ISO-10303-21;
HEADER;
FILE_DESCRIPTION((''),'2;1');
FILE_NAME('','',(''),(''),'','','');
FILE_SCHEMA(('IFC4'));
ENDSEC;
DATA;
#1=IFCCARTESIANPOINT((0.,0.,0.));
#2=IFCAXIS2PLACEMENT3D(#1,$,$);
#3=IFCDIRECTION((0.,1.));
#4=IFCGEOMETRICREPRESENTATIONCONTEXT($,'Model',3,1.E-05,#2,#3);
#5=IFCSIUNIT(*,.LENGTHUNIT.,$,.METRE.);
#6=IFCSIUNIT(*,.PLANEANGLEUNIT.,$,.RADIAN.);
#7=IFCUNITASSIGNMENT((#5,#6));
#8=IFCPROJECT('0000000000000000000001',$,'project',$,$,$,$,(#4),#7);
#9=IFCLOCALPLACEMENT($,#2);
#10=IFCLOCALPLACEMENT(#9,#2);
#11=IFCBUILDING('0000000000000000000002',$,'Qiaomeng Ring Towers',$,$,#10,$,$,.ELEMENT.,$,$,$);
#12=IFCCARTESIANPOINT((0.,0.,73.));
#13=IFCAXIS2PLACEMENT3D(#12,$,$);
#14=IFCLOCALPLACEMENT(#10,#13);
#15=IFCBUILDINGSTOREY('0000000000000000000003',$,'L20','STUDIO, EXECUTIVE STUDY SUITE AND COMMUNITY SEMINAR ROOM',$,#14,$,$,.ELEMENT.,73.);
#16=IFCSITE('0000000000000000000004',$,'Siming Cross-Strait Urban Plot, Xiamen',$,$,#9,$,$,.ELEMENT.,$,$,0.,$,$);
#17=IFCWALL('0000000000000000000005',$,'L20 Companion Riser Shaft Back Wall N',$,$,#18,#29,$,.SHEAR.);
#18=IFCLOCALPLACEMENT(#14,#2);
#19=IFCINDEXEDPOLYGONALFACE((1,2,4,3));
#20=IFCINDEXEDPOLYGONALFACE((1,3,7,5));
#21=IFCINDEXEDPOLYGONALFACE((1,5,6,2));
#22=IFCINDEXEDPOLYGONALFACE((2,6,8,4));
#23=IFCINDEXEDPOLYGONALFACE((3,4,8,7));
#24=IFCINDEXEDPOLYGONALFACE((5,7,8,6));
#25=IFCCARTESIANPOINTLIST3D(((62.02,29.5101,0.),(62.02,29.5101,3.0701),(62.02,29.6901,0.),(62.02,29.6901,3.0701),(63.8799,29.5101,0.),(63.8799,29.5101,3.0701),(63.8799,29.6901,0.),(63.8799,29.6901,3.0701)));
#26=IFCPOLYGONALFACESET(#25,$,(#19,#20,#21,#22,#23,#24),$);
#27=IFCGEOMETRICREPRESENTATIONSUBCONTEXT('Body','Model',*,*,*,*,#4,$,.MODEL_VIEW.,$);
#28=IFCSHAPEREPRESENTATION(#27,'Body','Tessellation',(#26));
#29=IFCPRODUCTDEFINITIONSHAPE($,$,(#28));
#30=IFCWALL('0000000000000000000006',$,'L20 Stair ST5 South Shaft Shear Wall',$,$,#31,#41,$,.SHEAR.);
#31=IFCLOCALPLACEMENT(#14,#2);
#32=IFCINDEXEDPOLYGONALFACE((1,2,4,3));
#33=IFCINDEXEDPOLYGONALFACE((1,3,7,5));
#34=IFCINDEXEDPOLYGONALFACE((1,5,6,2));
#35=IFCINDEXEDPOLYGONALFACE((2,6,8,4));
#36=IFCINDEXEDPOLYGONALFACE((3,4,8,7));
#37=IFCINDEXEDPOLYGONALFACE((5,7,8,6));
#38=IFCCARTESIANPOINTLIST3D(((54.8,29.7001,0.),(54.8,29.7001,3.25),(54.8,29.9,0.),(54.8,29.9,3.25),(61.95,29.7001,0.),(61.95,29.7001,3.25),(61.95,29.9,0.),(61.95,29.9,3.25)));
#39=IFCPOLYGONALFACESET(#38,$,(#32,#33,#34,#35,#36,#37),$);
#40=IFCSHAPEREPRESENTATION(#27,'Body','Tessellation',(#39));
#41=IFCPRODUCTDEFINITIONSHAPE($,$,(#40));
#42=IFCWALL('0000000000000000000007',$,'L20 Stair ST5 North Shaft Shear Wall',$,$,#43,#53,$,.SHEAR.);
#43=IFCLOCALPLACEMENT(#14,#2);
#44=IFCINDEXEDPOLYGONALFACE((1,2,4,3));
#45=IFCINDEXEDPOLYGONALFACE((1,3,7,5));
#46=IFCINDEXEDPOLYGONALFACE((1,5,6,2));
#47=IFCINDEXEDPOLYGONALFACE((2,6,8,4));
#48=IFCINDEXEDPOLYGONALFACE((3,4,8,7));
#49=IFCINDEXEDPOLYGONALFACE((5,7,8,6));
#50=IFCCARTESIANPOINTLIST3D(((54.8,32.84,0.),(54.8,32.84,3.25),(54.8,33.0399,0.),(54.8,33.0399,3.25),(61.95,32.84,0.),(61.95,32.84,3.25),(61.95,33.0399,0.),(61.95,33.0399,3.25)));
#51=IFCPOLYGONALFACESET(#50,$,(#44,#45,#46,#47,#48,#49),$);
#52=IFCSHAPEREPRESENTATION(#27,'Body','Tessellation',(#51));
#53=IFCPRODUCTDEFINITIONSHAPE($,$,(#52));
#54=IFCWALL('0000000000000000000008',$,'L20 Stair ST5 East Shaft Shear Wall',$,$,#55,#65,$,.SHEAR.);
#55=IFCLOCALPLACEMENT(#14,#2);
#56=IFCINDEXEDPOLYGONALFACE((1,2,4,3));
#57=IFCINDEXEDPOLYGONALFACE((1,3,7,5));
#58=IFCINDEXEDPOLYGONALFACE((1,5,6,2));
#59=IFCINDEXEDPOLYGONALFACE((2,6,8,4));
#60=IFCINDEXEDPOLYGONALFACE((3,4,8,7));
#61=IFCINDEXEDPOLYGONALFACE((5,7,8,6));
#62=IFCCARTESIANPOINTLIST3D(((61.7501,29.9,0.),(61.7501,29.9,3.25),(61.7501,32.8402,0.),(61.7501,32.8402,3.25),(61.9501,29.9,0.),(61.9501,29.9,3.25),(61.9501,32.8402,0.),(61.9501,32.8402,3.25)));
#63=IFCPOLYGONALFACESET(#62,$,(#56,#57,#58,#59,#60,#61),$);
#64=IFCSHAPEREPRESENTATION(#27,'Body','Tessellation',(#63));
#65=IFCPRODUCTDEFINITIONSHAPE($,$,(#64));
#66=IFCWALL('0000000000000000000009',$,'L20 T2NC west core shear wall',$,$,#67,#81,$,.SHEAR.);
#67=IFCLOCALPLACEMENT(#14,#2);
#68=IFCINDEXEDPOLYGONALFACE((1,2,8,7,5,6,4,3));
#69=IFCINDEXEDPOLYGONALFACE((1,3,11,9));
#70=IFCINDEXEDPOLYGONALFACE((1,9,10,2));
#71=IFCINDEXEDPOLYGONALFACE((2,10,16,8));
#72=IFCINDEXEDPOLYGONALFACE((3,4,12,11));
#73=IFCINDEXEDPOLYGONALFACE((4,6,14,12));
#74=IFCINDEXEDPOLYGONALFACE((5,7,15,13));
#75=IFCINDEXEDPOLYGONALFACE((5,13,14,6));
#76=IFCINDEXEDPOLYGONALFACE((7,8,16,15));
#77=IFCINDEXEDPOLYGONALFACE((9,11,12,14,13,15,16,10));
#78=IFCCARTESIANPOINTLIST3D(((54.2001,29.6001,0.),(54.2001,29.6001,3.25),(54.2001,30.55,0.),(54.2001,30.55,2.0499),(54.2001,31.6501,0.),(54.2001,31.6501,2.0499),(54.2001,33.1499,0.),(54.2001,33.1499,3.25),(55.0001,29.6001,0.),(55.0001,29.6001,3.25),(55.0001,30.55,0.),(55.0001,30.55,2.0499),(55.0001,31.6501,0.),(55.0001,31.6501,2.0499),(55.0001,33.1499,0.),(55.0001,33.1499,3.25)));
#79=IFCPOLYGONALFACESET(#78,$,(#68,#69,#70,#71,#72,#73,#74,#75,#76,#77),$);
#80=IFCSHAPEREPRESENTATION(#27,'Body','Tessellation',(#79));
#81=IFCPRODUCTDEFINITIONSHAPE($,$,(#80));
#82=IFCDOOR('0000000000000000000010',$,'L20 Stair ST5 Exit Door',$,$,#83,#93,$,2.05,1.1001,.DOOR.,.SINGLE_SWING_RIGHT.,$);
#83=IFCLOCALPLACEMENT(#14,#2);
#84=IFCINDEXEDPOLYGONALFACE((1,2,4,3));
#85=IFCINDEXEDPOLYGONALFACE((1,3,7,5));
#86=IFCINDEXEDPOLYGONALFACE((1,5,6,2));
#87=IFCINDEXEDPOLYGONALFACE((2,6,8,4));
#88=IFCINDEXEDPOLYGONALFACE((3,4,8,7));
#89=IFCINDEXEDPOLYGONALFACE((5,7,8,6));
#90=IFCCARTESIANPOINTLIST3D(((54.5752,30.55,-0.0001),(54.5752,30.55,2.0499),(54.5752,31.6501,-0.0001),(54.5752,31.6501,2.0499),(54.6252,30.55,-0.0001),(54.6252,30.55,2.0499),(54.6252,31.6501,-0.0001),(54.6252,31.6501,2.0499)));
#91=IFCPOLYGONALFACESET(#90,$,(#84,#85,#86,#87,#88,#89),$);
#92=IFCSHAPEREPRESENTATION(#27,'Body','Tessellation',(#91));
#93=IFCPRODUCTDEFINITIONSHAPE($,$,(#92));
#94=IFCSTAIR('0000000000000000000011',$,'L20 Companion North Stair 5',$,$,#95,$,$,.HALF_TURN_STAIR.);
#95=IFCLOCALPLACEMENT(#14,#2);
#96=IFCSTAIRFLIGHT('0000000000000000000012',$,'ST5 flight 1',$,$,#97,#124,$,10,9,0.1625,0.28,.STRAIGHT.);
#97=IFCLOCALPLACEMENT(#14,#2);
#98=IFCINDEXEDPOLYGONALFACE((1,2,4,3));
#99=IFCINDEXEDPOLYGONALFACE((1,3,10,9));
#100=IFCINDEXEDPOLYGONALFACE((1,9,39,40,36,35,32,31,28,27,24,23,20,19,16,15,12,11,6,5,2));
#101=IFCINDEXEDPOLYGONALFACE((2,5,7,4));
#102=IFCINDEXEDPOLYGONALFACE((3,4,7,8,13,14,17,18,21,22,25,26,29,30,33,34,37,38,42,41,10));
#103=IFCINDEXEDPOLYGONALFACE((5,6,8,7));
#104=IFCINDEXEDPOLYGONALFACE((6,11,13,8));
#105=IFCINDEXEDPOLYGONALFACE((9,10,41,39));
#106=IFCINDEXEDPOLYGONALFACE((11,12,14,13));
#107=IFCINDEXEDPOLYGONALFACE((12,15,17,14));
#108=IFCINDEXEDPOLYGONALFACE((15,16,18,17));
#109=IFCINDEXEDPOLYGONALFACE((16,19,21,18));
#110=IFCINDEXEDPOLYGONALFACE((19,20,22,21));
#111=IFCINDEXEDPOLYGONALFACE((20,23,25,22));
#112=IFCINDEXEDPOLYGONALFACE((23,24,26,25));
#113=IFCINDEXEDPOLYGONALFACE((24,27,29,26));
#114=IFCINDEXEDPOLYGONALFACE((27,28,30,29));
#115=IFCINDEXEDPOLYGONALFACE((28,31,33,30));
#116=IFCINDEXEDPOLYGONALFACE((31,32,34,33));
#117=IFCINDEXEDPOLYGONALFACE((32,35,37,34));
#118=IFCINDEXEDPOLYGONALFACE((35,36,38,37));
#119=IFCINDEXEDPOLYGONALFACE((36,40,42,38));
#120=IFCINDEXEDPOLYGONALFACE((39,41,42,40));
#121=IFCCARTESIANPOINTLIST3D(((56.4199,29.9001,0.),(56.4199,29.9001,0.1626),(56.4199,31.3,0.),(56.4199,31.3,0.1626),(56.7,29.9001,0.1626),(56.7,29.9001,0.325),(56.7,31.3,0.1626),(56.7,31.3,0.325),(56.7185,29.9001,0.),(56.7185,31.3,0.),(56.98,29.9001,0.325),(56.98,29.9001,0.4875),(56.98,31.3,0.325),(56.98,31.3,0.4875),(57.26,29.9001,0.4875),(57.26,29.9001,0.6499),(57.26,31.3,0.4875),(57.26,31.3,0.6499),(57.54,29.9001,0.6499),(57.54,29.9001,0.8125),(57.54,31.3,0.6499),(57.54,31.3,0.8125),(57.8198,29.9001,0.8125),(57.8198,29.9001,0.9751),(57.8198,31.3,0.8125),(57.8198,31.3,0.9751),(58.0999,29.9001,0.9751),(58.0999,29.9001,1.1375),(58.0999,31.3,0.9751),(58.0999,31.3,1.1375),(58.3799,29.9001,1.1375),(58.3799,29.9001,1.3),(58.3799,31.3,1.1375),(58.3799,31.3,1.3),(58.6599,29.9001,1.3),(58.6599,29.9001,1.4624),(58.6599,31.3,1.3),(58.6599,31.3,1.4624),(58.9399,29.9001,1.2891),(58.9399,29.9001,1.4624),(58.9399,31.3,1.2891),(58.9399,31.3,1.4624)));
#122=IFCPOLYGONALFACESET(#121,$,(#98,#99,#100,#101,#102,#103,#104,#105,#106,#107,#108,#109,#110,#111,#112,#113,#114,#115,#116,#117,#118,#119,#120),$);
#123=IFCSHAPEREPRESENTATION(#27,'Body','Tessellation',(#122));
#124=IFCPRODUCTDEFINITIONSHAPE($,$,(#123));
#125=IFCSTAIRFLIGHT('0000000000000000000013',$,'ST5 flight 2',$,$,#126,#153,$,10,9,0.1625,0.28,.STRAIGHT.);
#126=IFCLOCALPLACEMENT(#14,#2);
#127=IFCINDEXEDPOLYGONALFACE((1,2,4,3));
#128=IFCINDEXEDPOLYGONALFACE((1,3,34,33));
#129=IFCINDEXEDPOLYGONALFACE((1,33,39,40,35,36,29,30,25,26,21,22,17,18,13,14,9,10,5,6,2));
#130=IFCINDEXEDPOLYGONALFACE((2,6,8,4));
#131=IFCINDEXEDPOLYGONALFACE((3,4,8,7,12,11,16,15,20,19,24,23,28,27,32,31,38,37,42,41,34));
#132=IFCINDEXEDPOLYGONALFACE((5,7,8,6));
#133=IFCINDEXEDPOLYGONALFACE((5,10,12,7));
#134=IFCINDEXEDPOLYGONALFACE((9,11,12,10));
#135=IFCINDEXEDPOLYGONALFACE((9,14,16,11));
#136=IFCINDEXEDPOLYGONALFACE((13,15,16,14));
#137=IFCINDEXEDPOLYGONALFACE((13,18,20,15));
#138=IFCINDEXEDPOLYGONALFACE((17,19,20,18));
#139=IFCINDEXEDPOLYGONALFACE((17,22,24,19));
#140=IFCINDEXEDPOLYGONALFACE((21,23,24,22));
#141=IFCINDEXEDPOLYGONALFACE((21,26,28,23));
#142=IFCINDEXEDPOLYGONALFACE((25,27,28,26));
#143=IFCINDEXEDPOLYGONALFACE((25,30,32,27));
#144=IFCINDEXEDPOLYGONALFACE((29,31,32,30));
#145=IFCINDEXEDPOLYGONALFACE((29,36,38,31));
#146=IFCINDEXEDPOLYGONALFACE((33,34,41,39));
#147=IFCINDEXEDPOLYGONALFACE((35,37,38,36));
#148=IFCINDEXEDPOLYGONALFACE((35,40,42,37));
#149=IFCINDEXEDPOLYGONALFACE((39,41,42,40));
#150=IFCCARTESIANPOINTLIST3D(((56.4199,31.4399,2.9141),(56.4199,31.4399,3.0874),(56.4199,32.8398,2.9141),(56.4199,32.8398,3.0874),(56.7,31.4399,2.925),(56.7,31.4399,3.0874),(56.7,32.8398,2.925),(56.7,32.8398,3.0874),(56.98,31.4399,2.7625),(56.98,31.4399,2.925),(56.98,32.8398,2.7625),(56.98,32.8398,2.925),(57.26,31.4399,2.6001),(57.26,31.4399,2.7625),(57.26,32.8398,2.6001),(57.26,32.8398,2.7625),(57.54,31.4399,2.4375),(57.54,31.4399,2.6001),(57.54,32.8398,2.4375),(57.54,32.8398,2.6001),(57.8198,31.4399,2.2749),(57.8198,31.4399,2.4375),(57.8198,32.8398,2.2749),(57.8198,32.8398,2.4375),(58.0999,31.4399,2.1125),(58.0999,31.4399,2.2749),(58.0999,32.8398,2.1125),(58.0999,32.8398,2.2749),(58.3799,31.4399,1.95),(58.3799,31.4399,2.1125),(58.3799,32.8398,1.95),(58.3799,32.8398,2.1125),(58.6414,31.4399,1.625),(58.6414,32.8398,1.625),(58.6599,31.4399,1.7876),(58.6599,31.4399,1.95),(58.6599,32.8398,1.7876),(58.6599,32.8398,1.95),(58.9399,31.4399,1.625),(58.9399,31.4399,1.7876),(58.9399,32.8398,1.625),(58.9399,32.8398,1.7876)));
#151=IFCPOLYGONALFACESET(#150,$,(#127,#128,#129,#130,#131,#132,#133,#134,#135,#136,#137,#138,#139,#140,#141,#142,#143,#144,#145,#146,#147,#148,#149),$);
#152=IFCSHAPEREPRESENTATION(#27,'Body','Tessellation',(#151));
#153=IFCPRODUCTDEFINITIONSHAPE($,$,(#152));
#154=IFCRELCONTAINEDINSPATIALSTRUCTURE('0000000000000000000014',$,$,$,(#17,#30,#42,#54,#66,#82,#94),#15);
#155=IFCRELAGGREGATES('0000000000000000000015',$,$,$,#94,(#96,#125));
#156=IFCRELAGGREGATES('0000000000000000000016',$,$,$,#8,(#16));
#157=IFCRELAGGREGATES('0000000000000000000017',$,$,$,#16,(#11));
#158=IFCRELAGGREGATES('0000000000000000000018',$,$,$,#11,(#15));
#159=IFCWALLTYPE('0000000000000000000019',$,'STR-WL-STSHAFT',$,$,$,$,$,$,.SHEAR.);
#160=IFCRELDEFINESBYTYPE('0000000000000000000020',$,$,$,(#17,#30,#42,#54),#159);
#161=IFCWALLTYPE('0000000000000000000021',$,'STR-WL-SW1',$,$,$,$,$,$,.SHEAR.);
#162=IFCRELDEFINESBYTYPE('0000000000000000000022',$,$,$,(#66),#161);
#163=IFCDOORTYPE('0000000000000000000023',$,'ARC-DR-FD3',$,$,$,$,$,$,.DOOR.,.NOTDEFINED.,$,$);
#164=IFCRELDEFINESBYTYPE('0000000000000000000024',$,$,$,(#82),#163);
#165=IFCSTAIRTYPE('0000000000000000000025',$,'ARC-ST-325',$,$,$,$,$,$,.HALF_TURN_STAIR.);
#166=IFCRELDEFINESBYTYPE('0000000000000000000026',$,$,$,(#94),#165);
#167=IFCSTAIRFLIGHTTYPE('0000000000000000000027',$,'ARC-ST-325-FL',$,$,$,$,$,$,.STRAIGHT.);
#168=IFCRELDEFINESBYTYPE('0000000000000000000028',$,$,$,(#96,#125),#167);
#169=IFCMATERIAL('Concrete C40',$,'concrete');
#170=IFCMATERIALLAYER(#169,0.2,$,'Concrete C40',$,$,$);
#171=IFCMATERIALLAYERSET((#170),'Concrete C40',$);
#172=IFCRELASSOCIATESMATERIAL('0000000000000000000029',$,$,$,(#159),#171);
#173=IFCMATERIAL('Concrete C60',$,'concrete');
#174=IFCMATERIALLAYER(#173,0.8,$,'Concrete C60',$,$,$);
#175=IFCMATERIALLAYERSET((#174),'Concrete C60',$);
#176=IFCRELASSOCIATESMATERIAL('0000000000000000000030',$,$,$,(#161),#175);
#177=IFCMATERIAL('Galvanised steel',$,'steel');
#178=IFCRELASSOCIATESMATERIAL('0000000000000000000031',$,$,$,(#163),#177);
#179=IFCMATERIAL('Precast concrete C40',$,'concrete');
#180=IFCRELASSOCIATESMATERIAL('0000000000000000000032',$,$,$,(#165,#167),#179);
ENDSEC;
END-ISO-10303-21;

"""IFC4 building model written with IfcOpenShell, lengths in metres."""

from ifc_helpers import new_model, si_unit, direction, frame, frame_2d, origin, place, context, subcontext, project, spatial, polyline, rectangle, outline, extrude, source, transform, mapped, material, layer, layer_set, type_object, element, fill, aggregate, save


model = new_model("IFC4")

# Units and contexts
model_context = context("Model", 3, precision=1e-05, world=origin(), true_north=direction((0.0, 1.0)))
body_context = subcontext(model_context, "Body", "Model", "MODEL_VIEW")
ifc_project = project(units=[si_unit("LENGTHUNIT", "METRE"), si_unit("PLANEANGLEUNIT", "RADIAN")], contexts=[model_context])

# Site, building, storey
site_placement = place(None, origin())
site = spatial("IfcSite", under=ifc_project, at=site_placement, Name="Siming Cross-Strait Urban Plot, Xiamen", CompositionType="ELEMENT", RefElevation=0.0)
building_placement = place(site_placement, origin())
building = spatial("IfcBuilding", under=site, at=building_placement, Name="Qiaomeng Ring Towers", CompositionType="ELEMENT")
storey_placement = place(building_placement, frame((0.0, 0.0, 73.0)))
storey = spatial("IfcBuildingStorey", under=building, at=storey_placement, Name="L20", Description="STUDIO, EXECUTIVE STUDY SUITE AND COMMUNITY SEMINAR ROOM", CompositionType="ELEMENT", Elevation=73.0)

# Walls
ifc_material_1 = material(Name="Concrete C40", Category="concrete")
ifc_layer_1 = layer(ifc_material_1, 0.2, Name="Concrete C40")
ifc_layer_set_1 = layer_set([ifc_layer_1], Name="Concrete C40")
wall_type_1 = type_object("IfcWallType", Name="STR-WL-STSHAFT", PredefinedType="SHEAR", material=ifc_layer_set_1)
for number, where, z_axis, x_axis, name in (
    (1, (62.02, 29.6001, 0.0), (0.0, 0.0, 1.0), (1.0, 0.0, 0.0), "L20 Companion Riser Shaft Back Wall N"),
):
    element("IfcWall", number, at=place(storey_placement, frame(where, z_axis=z_axis, x_axis=x_axis)), inside=storey, type_object=wall_type_1, Name=name, PredefinedType="SHEAR", context=body_context, shape_type="SweptSolid", body=[
        extrude(rectangle(XDim=1.8599, YDim=0.1799, at=frame_2d((0.9299, 0.0))), origin(), (0.0, 0.0, 1.0), 3.0701),
    ])
for number, where, z_axis, x_axis, name in (
    (2, (54.8, 29.8, 0.0), (0.0, 0.0, 1.0), (1.0, 0.0, 0.0), "L20 Stair ST5 South Shaft Shear Wall"),
    (3, (54.8, 32.9399, 0.0), (0.0, 0.0, 1.0), (1.0, 0.0, 0.0), "L20 Stair ST5 North Shaft Shear Wall"),
):
    element("IfcWall", number, at=place(storey_placement, frame(where, z_axis=z_axis, x_axis=x_axis)), inside=storey, type_object=wall_type_1, Name=name, PredefinedType="SHEAR", context=body_context, shape_type="SweptSolid", body=[
        extrude(rectangle(XDim=7.1499, YDim=0.2, at=frame_2d((3.575, 0.0))), origin(), (0.0, 0.0, 1.0), 3.25),
    ])
wall_1_placement = place(storey_placement, frame((61.8501, 29.8999, 0.0), z_axis=(0.0, 0.0, 1.0), x_axis=(0.0, 1.0, 0.0)))
element("IfcWall", 4, at=wall_1_placement, inside=storey, type_object=wall_type_1, Name="L20 Stair ST5 East Shaft Shear Wall", PredefinedType="SHEAR", context=body_context, shape_type="SweptSolid", body=[
    extrude(rectangle(XDim=2.9402, YDim=0.2, at=frame_2d((1.4702, 0.0))), origin(), (0.0, 0.0, 1.0), 3.25),
])

# Wall, opening, door
ifc_material_2 = material(Name="Concrete C60", Category="concrete")
ifc_layer_2 = layer(ifc_material_2, 0.8, Name="Concrete C60")
ifc_layer_set_2 = layer_set([ifc_layer_2], Name="Concrete C60")
wall_type_2 = type_object("IfcWallType", Name="STR-WL-SW1", PredefinedType="SHEAR", material=ifc_layer_set_2)
wall_2_placement = place(storey_placement, frame((54.6001, 29.6001, 0.0), z_axis=(0.0, 0.0, 1.0), x_axis=(0.0, 1.0, 0.0)))
wall_2 = element("IfcWall", 5, at=wall_2_placement, inside=storey, type_object=wall_type_2, Name="L20 T2NC west core shear wall", PredefinedType="SHEAR", context=body_context, shape_type="SweptSolid", body=[
    extrude(rectangle(XDim=3.5498, YDim=0.8, at=frame_2d((1.7749, 0.0))), origin(), (0.0, 0.0, 1.0), 3.25),
])
opening_placement = place(wall_2_placement, frame((0.95, 0.0, 0.0)))
opening = element("IfcOpeningElement", 6, at=opening_placement, cuts=wall_2, PredefinedType="OPENING", context=body_context, shape_type="SweptSolid", body=[
    extrude(rectangle(XDim=1.1001, YDim=2.05, at=frame_2d((0.55, 1.0249))), frame((0.0, 0.4099, 0.0), z_axis=(0.0, -1.0, 0.0), x_axis=(1.0, 0.0, 0.0)), (0.0, 0.0, 1.0), 0.8201),
])
ifc_material_3 = material(Name="Galvanised steel", Category="steel")
door_type = type_object("IfcDoorType", Name="ARC-DR-FD3", OperationType="NOTDEFINED", PredefinedType="DOOR", material=ifc_material_3)
shared_shape_1 = source(origin(), body_context, "Body", "SweptSolid", [
    extrude(rectangle(XDim=1.1001, YDim=2.05, at=frame_2d((0.55, 1.0249))), frame((0.0, 0.0249, 0.0), z_axis=(0.0, -1.0, 0.0), x_axis=(1.0, 0.0, 0.0)), (0.0, 0.0, 1.0), 0.05),
])
door_placement = place(opening_placement, origin())
door = element("IfcDoor", 7, at=door_placement, inside=storey, type_object=door_type, Name="L20 Stair ST5 Exit Door", OperationType="SINGLE_SWING_RIGHT", OverallHeight=2.05, OverallWidth=1.1001, PredefinedType="DOOR", context=body_context, shape_type="MappedRepresentation", body=[
    mapped(shared_shape_1, transform((0.0, 0.0, 0.0), x_axis=(1.0, 0.0, 0.0), y_axis=(0.0, 1.0, 0.0), z_axis=(0.0, 0.0, 1.0), scale=1.0)),
])
fill(opening, door)

# Stair, stair flights
ifc_material_4 = material(Name="Precast concrete C40", Category="concrete")
stair_type = type_object("IfcStairType", Name="ARC-ST-325", PredefinedType="HALF_TURN_STAIR", material=ifc_material_4)
stair_placement = place(storey_placement, origin())
stair = element("IfcStair", 8, at=stair_placement, inside=storey, type_object=stair_type, Name="L20 Companion North Stair 5", PredefinedType="HALF_TURN_STAIR")
stair_flight_type = type_object("IfcStairFlightType", Name="ARC-ST-325-FL", PredefinedType="STRAIGHT", material=ifc_material_4)
shared_shape_2 = source(origin(), body_context, "Body", "SweptSolid", [
    extrude(outline(polyline([(0.0, 0.0), (0.0, 0.1626), (0.28, 0.1626), (0.28, 0.325), (0.5601, 0.325), (0.5601, 0.4875), (0.8401, 0.4875), (0.8401, 0.6499), (1.1201, 0.6499), (1.1201, 0.8125), (1.3999, 0.8125), (1.3999, 0.9751), (1.6799, 0.9751), (1.6799, 1.1375), (1.96, 1.1375), (1.96, 1.3), (2.24, 1.3), (2.24, 1.4624), (2.52, 1.4624), (2.52, 1.625), (2.52, 1.2891), (0.2986, 0.0), (0.0, 0.0)])), frame((0.0, 0.7, 0.0), z_axis=(0.0, -1.0, 0.0), x_axis=(1.0, 0.0, 0.0)), (0.0, 0.0, 1.0), 1.3999),
])
stair_flight_1_placement = place(storey_placement, frame((56.4199, 30.6001, 0.0), z_axis=(0.0, 0.0, 1.0), x_axis=(1.0, 0.0, 0.0)))
stair_flight_1 = element("IfcStairFlight", 9, at=stair_flight_1_placement, type_object=stair_flight_type, Name="ST5 flight 1", NumberOfRisers=10, NumberOfTreads=9, PredefinedType="STRAIGHT", RiserHeight=0.1625, TreadLength=0.28, context=body_context, shape_type="MappedRepresentation", body=[
    mapped(shared_shape_2, transform((0.0, 0.0, 0.0), x_axis=(1.0, 0.0, 0.0), y_axis=(0.0, 1.0, 0.0), z_axis=(0.0, 0.0, 1.0), scale=1.0)),
])
stair_flight_2_placement = place(storey_placement, frame((58.9399, 32.1399, 1.625), z_axis=(0.0, 0.0, 1.0), x_axis=(-1.0, 0.0, 0.0)))
stair_flight_2 = element("IfcStairFlight", 10, at=stair_flight_2_placement, type_object=stair_flight_type, Name="ST5 flight 2", NumberOfRisers=10, NumberOfTreads=9, PredefinedType="STRAIGHT", RiserHeight=0.1625, TreadLength=0.28, context=body_context, shape_type="MappedRepresentation", body=[
    mapped(shared_shape_2, transform((0.0, 0.0, 0.0), x_axis=(1.0, 0.0, 0.0), y_axis=(0.0, 1.0, 0.0), z_axis=(0.0, 0.0, 1.0), scale=1.0)),
])
aggregate(stair, [stair_flight_1, stair_flight_2])

save(model, "model.ifc")
